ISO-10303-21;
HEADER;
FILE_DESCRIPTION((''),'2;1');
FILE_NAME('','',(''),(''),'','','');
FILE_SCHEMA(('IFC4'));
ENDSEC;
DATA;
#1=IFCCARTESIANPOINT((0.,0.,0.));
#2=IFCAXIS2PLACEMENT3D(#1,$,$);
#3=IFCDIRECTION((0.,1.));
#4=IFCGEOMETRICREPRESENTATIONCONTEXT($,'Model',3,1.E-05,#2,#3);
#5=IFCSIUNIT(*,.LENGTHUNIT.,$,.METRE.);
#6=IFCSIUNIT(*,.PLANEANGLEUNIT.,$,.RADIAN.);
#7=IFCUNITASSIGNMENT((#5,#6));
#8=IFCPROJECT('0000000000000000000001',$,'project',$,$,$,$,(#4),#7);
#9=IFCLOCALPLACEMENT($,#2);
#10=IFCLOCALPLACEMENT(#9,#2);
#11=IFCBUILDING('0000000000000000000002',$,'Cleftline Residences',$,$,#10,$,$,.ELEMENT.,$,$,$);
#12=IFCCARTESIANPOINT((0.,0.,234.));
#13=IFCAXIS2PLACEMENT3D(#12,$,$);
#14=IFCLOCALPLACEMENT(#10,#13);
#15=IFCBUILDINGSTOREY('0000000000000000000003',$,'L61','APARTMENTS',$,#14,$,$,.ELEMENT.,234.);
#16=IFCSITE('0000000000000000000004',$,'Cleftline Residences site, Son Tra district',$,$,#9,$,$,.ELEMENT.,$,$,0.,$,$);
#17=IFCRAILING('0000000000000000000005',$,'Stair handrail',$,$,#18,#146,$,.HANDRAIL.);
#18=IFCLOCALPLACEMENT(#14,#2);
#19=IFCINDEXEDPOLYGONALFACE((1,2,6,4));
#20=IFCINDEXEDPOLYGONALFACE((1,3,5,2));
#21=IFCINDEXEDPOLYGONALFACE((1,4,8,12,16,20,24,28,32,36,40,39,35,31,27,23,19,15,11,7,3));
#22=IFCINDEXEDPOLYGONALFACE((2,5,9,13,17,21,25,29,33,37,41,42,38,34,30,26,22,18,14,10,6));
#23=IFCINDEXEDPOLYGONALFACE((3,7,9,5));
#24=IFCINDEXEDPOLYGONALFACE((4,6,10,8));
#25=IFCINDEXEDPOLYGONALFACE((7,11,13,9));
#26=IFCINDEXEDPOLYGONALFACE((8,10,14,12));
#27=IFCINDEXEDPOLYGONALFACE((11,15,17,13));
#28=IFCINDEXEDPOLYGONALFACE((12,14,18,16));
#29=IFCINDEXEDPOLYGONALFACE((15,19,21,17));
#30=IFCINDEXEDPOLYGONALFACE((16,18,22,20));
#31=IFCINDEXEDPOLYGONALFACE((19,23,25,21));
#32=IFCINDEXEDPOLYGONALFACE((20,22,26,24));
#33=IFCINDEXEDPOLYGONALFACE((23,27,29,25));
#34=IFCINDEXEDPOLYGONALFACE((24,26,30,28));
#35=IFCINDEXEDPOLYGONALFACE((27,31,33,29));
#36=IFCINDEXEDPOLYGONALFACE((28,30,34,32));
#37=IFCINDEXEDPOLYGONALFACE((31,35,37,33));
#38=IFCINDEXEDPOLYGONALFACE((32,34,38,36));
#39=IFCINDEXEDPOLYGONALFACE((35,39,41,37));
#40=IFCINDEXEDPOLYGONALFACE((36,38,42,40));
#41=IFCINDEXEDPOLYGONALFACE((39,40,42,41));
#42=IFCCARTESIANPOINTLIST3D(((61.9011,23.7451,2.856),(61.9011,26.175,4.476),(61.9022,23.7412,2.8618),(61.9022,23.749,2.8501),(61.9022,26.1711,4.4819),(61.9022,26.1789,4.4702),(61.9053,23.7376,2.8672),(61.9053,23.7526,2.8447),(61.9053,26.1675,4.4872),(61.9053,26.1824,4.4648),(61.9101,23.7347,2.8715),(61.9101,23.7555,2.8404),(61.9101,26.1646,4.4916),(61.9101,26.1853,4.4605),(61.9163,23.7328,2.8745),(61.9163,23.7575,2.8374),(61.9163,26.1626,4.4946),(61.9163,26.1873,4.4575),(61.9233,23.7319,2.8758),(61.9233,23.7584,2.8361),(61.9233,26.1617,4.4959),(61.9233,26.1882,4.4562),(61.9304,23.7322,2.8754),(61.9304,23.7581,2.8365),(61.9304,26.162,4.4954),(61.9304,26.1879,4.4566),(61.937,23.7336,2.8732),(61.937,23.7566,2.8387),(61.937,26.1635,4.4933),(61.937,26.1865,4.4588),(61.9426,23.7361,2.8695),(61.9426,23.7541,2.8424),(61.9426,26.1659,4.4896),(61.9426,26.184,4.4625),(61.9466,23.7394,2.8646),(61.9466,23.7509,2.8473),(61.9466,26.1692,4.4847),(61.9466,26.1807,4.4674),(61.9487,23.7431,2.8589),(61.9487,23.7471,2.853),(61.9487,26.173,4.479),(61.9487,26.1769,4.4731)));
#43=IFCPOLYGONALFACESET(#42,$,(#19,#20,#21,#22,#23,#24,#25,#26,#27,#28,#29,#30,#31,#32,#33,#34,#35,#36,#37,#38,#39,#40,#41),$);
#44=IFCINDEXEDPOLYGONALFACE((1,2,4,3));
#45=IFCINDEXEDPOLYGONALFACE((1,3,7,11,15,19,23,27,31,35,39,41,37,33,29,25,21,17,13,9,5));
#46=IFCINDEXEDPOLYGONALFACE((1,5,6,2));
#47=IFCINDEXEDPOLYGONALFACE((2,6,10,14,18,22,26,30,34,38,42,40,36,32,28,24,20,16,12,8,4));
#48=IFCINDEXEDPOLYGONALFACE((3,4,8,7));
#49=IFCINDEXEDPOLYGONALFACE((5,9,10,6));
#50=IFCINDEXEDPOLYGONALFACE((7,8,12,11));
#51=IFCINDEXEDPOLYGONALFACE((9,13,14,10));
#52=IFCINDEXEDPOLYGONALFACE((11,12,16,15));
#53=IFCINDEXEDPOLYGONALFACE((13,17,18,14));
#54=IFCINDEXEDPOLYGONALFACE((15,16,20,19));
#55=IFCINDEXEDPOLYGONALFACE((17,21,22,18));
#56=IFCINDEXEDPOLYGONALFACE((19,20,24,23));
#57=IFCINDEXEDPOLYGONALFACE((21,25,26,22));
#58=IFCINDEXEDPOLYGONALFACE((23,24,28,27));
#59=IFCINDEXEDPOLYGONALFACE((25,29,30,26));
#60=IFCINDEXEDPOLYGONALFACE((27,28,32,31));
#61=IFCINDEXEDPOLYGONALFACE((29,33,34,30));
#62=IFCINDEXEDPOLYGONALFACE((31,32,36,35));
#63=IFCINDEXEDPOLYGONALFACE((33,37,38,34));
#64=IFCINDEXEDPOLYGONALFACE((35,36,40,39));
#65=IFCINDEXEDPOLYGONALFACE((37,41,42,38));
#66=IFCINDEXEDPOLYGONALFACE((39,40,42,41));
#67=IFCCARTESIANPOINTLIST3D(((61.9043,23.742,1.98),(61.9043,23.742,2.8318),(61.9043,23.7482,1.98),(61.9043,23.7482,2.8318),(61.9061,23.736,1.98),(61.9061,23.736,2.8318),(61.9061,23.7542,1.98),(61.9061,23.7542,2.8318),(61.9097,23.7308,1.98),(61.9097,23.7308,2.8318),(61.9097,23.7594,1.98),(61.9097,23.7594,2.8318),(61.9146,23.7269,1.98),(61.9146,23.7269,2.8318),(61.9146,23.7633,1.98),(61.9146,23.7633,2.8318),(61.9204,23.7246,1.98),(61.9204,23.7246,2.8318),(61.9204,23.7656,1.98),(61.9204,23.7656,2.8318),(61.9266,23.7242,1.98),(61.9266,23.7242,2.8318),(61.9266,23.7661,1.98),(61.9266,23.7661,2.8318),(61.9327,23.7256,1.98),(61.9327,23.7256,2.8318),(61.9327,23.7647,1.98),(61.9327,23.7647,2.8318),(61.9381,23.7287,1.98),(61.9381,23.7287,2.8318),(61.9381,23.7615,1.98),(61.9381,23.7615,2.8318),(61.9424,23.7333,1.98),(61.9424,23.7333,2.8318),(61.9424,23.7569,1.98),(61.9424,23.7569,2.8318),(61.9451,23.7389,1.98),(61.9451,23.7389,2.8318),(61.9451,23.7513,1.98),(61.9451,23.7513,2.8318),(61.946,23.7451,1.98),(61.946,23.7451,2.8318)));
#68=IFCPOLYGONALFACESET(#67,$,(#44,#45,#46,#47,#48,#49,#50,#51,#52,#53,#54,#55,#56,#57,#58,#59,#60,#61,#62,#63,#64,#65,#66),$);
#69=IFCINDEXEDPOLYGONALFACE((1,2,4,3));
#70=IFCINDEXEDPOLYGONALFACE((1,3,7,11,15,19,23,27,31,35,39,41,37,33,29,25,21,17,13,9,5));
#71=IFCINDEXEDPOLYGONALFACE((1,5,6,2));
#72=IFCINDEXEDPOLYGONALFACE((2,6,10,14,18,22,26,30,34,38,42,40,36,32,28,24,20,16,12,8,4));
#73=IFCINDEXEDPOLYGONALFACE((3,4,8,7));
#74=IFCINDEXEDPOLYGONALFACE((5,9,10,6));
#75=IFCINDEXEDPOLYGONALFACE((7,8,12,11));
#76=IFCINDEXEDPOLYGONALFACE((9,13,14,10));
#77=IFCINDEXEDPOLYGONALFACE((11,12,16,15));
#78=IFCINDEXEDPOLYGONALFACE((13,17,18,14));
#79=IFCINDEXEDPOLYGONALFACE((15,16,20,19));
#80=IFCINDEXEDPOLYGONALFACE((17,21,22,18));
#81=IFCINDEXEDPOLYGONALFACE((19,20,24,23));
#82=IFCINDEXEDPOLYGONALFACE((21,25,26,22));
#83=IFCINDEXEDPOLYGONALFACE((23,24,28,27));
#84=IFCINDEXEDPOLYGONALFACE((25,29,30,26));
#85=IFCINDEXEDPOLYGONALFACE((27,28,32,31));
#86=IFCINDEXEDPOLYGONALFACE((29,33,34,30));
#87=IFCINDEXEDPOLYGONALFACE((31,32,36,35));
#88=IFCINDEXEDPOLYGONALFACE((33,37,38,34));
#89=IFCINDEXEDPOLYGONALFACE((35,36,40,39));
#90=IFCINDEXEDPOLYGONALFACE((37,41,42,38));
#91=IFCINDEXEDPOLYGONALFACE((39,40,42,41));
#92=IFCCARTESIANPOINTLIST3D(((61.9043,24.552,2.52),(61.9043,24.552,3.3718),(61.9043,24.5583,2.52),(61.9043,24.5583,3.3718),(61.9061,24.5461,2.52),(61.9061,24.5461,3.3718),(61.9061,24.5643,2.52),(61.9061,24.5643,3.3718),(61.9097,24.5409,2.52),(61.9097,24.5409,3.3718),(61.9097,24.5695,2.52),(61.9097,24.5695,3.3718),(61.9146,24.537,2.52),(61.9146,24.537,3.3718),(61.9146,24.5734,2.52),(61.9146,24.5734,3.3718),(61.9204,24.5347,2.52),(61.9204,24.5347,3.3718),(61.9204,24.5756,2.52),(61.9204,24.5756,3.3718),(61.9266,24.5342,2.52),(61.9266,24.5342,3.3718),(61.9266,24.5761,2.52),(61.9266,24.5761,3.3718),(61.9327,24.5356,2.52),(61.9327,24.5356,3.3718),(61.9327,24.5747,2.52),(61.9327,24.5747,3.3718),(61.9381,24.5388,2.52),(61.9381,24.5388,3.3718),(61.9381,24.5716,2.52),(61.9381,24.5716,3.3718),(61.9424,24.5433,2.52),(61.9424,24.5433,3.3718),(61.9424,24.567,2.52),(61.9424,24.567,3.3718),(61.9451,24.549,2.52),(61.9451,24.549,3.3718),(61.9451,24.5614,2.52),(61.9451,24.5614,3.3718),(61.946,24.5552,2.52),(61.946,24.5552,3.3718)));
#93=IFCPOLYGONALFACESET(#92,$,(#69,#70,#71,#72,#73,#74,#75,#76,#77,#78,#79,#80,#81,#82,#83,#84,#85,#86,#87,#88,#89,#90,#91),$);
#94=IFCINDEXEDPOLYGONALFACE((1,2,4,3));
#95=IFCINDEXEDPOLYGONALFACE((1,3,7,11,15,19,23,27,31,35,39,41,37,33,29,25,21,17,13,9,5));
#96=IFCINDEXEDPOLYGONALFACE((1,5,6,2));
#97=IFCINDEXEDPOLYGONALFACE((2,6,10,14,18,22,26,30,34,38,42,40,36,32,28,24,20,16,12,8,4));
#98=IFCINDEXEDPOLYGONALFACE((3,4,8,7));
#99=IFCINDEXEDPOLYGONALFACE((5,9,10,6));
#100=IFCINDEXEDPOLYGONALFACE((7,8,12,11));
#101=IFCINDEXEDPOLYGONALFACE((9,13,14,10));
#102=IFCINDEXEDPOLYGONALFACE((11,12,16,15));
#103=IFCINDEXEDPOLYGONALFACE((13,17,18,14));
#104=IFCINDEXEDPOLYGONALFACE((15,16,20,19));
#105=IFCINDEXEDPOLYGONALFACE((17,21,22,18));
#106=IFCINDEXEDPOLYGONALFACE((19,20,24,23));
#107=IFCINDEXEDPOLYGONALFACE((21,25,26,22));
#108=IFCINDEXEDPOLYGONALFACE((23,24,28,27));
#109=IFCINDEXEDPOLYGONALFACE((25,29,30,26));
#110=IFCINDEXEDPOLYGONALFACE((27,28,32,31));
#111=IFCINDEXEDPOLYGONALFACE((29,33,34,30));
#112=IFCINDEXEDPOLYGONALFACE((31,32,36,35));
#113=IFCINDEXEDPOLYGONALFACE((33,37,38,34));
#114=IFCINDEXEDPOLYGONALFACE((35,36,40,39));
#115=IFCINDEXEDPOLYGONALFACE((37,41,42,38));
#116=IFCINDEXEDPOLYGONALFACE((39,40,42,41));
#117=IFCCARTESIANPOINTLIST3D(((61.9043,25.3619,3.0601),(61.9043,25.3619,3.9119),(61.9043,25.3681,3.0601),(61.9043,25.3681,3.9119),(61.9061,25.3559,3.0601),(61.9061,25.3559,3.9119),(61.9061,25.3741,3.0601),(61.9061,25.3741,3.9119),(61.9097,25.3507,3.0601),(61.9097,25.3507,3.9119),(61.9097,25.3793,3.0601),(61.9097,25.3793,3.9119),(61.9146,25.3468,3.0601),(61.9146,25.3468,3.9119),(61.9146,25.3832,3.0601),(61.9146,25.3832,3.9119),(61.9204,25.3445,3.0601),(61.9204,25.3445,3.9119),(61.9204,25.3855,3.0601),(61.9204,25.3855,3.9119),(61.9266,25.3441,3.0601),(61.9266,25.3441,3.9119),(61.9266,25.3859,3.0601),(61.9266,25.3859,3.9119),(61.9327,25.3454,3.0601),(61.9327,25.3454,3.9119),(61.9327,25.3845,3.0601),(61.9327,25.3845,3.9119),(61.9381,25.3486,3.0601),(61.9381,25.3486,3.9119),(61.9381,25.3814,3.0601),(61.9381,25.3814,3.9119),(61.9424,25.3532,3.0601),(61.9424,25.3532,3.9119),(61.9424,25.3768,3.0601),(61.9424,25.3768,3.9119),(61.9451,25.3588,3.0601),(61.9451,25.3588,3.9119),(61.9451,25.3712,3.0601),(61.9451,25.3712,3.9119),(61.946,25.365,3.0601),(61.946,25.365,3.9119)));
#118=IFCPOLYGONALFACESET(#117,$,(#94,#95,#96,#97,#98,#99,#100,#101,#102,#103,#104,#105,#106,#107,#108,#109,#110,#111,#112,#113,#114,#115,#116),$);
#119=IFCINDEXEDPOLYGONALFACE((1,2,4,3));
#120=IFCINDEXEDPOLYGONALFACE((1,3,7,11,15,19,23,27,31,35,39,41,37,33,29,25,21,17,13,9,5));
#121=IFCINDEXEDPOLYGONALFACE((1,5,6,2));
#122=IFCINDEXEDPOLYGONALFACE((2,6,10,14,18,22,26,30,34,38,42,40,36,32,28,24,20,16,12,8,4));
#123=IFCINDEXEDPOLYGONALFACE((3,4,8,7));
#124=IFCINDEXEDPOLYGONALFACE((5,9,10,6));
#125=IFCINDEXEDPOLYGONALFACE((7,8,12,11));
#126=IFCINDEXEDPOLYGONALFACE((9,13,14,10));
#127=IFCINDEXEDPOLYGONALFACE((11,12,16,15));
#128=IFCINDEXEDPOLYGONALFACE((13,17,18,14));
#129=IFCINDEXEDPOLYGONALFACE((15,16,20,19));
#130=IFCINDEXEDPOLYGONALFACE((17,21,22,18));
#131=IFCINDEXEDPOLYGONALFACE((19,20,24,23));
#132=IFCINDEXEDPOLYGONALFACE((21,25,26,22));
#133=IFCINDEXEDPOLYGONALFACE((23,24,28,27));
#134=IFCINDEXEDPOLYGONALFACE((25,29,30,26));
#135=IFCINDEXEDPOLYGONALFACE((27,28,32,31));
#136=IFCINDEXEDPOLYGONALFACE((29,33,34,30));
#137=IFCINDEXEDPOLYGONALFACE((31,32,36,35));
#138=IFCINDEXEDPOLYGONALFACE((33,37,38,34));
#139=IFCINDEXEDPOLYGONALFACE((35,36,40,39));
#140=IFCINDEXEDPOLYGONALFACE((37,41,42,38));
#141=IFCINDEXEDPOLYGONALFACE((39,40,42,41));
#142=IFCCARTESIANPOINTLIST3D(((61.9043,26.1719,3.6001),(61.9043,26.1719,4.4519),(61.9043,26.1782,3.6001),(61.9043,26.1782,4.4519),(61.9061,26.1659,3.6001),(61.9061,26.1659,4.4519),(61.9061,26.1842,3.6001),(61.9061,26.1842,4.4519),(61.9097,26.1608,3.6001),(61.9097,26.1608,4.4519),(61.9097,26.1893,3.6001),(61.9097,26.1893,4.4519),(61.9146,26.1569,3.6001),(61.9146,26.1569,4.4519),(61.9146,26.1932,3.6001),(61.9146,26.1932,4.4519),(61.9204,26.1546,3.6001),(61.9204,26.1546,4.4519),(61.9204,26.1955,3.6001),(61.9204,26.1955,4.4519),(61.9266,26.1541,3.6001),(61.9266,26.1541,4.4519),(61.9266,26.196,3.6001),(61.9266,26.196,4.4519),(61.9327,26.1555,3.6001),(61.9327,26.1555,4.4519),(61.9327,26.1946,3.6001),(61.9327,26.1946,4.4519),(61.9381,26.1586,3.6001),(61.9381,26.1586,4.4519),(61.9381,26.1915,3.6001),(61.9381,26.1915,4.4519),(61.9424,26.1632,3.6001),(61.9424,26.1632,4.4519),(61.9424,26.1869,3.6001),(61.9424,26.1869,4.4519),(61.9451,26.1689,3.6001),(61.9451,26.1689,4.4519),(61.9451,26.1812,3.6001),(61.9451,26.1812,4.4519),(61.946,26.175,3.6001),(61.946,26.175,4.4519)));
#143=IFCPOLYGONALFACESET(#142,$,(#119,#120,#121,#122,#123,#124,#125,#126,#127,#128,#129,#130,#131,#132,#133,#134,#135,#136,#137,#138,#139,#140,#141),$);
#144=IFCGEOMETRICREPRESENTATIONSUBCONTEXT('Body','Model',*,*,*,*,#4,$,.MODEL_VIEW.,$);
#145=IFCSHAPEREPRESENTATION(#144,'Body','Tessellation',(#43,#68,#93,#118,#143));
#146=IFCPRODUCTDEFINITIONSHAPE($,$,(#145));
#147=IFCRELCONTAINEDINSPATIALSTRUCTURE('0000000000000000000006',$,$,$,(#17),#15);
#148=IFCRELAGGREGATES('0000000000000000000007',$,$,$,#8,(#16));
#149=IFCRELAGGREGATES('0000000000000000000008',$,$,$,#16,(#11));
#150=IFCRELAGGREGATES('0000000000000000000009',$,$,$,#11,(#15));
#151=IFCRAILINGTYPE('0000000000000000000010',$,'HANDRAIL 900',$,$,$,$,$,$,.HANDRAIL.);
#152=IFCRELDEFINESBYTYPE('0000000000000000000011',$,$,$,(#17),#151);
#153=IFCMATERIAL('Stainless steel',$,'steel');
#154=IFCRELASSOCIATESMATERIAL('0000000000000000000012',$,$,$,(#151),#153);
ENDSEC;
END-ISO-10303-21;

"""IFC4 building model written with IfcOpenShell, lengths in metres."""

from ifc_helpers import new_model, si_unit, direction, frame, origin, origin_2d, place, context, subcontext, project, spatial, circle, extrude, material, type_object, element, save


model = new_model("IFC4")

# Units and contexts
model_context = context("Model", 3, precision=1e-05, world=origin(), true_north=direction((0.0, 1.0)))
body_context = subcontext(model_context, "Body", "Model", "MODEL_VIEW")
ifc_project = project(units=[si_unit("LENGTHUNIT", "METRE"), si_unit("PLANEANGLEUNIT", "RADIAN")], contexts=[model_context])

# Site, building, storey
site_placement = place(None, origin())
site = spatial("IfcSite", under=ifc_project, at=site_placement, Name="Cleftline Residences site, Son Tra district", CompositionType="ELEMENT", RefElevation=0.0)
building_placement = place(site_placement, origin())
building = spatial("IfcBuilding", under=site, at=building_placement, Name="Cleftline Residences", CompositionType="ELEMENT")
storey_placement = place(building_placement, frame((0.0, 0.0, 234.0)))
storey = spatial("IfcBuildingStorey", under=building, at=storey_placement, Name="L61", Description="APARTMENTS", CompositionType="ELEMENT", Elevation=234.0)

# Railing
ifc_material_1 = material(Name="Stainless steel", Category="steel")
railing_type = type_object("IfcRailingType", Name="HANDRAIL 900", PredefinedType="HANDRAIL", material=ifc_material_1)
railing_placement = place(storey_placement, frame((61.925, 23.7451, 1.98)))
element("IfcRailing", 1, at=railing_placement, inside=storey, type_object=railing_type, Name="Stair handrail", PredefinedType="HANDRAIL", context=body_context, shape_type="SweptSolid", body=[
    extrude(circle(Radius=0.0239, at=origin_2d()), frame((0.0, 0.0, 0.876), z_axis=(0.0, 0.832025, 0.554739), x_axis=(-1.0, 0.0, 0.0)), (0.0, 0.0, 1.0), 2.9204),
    extrude(circle(Radius=0.021, at=origin_2d()), origin(), (0.0, 0.0, 1.0), 0.8518),
    extrude(circle(Radius=0.021, at=origin_2d()), frame((0.0, 0.8101, 0.54)), (0.0, 0.0, 1.0), 0.8518),
    extrude(circle(Radius=0.021, at=origin_2d()), frame((0.0, 1.6199, 1.0801)), (0.0, 0.0, 1.0), 0.8518),
    extrude(circle(Radius=0.021, at=origin_2d()), frame((0.0, 2.4299, 1.6201)), (0.0, 0.0, 1.0), 0.8518),
])

save(model, "model.ifc")
